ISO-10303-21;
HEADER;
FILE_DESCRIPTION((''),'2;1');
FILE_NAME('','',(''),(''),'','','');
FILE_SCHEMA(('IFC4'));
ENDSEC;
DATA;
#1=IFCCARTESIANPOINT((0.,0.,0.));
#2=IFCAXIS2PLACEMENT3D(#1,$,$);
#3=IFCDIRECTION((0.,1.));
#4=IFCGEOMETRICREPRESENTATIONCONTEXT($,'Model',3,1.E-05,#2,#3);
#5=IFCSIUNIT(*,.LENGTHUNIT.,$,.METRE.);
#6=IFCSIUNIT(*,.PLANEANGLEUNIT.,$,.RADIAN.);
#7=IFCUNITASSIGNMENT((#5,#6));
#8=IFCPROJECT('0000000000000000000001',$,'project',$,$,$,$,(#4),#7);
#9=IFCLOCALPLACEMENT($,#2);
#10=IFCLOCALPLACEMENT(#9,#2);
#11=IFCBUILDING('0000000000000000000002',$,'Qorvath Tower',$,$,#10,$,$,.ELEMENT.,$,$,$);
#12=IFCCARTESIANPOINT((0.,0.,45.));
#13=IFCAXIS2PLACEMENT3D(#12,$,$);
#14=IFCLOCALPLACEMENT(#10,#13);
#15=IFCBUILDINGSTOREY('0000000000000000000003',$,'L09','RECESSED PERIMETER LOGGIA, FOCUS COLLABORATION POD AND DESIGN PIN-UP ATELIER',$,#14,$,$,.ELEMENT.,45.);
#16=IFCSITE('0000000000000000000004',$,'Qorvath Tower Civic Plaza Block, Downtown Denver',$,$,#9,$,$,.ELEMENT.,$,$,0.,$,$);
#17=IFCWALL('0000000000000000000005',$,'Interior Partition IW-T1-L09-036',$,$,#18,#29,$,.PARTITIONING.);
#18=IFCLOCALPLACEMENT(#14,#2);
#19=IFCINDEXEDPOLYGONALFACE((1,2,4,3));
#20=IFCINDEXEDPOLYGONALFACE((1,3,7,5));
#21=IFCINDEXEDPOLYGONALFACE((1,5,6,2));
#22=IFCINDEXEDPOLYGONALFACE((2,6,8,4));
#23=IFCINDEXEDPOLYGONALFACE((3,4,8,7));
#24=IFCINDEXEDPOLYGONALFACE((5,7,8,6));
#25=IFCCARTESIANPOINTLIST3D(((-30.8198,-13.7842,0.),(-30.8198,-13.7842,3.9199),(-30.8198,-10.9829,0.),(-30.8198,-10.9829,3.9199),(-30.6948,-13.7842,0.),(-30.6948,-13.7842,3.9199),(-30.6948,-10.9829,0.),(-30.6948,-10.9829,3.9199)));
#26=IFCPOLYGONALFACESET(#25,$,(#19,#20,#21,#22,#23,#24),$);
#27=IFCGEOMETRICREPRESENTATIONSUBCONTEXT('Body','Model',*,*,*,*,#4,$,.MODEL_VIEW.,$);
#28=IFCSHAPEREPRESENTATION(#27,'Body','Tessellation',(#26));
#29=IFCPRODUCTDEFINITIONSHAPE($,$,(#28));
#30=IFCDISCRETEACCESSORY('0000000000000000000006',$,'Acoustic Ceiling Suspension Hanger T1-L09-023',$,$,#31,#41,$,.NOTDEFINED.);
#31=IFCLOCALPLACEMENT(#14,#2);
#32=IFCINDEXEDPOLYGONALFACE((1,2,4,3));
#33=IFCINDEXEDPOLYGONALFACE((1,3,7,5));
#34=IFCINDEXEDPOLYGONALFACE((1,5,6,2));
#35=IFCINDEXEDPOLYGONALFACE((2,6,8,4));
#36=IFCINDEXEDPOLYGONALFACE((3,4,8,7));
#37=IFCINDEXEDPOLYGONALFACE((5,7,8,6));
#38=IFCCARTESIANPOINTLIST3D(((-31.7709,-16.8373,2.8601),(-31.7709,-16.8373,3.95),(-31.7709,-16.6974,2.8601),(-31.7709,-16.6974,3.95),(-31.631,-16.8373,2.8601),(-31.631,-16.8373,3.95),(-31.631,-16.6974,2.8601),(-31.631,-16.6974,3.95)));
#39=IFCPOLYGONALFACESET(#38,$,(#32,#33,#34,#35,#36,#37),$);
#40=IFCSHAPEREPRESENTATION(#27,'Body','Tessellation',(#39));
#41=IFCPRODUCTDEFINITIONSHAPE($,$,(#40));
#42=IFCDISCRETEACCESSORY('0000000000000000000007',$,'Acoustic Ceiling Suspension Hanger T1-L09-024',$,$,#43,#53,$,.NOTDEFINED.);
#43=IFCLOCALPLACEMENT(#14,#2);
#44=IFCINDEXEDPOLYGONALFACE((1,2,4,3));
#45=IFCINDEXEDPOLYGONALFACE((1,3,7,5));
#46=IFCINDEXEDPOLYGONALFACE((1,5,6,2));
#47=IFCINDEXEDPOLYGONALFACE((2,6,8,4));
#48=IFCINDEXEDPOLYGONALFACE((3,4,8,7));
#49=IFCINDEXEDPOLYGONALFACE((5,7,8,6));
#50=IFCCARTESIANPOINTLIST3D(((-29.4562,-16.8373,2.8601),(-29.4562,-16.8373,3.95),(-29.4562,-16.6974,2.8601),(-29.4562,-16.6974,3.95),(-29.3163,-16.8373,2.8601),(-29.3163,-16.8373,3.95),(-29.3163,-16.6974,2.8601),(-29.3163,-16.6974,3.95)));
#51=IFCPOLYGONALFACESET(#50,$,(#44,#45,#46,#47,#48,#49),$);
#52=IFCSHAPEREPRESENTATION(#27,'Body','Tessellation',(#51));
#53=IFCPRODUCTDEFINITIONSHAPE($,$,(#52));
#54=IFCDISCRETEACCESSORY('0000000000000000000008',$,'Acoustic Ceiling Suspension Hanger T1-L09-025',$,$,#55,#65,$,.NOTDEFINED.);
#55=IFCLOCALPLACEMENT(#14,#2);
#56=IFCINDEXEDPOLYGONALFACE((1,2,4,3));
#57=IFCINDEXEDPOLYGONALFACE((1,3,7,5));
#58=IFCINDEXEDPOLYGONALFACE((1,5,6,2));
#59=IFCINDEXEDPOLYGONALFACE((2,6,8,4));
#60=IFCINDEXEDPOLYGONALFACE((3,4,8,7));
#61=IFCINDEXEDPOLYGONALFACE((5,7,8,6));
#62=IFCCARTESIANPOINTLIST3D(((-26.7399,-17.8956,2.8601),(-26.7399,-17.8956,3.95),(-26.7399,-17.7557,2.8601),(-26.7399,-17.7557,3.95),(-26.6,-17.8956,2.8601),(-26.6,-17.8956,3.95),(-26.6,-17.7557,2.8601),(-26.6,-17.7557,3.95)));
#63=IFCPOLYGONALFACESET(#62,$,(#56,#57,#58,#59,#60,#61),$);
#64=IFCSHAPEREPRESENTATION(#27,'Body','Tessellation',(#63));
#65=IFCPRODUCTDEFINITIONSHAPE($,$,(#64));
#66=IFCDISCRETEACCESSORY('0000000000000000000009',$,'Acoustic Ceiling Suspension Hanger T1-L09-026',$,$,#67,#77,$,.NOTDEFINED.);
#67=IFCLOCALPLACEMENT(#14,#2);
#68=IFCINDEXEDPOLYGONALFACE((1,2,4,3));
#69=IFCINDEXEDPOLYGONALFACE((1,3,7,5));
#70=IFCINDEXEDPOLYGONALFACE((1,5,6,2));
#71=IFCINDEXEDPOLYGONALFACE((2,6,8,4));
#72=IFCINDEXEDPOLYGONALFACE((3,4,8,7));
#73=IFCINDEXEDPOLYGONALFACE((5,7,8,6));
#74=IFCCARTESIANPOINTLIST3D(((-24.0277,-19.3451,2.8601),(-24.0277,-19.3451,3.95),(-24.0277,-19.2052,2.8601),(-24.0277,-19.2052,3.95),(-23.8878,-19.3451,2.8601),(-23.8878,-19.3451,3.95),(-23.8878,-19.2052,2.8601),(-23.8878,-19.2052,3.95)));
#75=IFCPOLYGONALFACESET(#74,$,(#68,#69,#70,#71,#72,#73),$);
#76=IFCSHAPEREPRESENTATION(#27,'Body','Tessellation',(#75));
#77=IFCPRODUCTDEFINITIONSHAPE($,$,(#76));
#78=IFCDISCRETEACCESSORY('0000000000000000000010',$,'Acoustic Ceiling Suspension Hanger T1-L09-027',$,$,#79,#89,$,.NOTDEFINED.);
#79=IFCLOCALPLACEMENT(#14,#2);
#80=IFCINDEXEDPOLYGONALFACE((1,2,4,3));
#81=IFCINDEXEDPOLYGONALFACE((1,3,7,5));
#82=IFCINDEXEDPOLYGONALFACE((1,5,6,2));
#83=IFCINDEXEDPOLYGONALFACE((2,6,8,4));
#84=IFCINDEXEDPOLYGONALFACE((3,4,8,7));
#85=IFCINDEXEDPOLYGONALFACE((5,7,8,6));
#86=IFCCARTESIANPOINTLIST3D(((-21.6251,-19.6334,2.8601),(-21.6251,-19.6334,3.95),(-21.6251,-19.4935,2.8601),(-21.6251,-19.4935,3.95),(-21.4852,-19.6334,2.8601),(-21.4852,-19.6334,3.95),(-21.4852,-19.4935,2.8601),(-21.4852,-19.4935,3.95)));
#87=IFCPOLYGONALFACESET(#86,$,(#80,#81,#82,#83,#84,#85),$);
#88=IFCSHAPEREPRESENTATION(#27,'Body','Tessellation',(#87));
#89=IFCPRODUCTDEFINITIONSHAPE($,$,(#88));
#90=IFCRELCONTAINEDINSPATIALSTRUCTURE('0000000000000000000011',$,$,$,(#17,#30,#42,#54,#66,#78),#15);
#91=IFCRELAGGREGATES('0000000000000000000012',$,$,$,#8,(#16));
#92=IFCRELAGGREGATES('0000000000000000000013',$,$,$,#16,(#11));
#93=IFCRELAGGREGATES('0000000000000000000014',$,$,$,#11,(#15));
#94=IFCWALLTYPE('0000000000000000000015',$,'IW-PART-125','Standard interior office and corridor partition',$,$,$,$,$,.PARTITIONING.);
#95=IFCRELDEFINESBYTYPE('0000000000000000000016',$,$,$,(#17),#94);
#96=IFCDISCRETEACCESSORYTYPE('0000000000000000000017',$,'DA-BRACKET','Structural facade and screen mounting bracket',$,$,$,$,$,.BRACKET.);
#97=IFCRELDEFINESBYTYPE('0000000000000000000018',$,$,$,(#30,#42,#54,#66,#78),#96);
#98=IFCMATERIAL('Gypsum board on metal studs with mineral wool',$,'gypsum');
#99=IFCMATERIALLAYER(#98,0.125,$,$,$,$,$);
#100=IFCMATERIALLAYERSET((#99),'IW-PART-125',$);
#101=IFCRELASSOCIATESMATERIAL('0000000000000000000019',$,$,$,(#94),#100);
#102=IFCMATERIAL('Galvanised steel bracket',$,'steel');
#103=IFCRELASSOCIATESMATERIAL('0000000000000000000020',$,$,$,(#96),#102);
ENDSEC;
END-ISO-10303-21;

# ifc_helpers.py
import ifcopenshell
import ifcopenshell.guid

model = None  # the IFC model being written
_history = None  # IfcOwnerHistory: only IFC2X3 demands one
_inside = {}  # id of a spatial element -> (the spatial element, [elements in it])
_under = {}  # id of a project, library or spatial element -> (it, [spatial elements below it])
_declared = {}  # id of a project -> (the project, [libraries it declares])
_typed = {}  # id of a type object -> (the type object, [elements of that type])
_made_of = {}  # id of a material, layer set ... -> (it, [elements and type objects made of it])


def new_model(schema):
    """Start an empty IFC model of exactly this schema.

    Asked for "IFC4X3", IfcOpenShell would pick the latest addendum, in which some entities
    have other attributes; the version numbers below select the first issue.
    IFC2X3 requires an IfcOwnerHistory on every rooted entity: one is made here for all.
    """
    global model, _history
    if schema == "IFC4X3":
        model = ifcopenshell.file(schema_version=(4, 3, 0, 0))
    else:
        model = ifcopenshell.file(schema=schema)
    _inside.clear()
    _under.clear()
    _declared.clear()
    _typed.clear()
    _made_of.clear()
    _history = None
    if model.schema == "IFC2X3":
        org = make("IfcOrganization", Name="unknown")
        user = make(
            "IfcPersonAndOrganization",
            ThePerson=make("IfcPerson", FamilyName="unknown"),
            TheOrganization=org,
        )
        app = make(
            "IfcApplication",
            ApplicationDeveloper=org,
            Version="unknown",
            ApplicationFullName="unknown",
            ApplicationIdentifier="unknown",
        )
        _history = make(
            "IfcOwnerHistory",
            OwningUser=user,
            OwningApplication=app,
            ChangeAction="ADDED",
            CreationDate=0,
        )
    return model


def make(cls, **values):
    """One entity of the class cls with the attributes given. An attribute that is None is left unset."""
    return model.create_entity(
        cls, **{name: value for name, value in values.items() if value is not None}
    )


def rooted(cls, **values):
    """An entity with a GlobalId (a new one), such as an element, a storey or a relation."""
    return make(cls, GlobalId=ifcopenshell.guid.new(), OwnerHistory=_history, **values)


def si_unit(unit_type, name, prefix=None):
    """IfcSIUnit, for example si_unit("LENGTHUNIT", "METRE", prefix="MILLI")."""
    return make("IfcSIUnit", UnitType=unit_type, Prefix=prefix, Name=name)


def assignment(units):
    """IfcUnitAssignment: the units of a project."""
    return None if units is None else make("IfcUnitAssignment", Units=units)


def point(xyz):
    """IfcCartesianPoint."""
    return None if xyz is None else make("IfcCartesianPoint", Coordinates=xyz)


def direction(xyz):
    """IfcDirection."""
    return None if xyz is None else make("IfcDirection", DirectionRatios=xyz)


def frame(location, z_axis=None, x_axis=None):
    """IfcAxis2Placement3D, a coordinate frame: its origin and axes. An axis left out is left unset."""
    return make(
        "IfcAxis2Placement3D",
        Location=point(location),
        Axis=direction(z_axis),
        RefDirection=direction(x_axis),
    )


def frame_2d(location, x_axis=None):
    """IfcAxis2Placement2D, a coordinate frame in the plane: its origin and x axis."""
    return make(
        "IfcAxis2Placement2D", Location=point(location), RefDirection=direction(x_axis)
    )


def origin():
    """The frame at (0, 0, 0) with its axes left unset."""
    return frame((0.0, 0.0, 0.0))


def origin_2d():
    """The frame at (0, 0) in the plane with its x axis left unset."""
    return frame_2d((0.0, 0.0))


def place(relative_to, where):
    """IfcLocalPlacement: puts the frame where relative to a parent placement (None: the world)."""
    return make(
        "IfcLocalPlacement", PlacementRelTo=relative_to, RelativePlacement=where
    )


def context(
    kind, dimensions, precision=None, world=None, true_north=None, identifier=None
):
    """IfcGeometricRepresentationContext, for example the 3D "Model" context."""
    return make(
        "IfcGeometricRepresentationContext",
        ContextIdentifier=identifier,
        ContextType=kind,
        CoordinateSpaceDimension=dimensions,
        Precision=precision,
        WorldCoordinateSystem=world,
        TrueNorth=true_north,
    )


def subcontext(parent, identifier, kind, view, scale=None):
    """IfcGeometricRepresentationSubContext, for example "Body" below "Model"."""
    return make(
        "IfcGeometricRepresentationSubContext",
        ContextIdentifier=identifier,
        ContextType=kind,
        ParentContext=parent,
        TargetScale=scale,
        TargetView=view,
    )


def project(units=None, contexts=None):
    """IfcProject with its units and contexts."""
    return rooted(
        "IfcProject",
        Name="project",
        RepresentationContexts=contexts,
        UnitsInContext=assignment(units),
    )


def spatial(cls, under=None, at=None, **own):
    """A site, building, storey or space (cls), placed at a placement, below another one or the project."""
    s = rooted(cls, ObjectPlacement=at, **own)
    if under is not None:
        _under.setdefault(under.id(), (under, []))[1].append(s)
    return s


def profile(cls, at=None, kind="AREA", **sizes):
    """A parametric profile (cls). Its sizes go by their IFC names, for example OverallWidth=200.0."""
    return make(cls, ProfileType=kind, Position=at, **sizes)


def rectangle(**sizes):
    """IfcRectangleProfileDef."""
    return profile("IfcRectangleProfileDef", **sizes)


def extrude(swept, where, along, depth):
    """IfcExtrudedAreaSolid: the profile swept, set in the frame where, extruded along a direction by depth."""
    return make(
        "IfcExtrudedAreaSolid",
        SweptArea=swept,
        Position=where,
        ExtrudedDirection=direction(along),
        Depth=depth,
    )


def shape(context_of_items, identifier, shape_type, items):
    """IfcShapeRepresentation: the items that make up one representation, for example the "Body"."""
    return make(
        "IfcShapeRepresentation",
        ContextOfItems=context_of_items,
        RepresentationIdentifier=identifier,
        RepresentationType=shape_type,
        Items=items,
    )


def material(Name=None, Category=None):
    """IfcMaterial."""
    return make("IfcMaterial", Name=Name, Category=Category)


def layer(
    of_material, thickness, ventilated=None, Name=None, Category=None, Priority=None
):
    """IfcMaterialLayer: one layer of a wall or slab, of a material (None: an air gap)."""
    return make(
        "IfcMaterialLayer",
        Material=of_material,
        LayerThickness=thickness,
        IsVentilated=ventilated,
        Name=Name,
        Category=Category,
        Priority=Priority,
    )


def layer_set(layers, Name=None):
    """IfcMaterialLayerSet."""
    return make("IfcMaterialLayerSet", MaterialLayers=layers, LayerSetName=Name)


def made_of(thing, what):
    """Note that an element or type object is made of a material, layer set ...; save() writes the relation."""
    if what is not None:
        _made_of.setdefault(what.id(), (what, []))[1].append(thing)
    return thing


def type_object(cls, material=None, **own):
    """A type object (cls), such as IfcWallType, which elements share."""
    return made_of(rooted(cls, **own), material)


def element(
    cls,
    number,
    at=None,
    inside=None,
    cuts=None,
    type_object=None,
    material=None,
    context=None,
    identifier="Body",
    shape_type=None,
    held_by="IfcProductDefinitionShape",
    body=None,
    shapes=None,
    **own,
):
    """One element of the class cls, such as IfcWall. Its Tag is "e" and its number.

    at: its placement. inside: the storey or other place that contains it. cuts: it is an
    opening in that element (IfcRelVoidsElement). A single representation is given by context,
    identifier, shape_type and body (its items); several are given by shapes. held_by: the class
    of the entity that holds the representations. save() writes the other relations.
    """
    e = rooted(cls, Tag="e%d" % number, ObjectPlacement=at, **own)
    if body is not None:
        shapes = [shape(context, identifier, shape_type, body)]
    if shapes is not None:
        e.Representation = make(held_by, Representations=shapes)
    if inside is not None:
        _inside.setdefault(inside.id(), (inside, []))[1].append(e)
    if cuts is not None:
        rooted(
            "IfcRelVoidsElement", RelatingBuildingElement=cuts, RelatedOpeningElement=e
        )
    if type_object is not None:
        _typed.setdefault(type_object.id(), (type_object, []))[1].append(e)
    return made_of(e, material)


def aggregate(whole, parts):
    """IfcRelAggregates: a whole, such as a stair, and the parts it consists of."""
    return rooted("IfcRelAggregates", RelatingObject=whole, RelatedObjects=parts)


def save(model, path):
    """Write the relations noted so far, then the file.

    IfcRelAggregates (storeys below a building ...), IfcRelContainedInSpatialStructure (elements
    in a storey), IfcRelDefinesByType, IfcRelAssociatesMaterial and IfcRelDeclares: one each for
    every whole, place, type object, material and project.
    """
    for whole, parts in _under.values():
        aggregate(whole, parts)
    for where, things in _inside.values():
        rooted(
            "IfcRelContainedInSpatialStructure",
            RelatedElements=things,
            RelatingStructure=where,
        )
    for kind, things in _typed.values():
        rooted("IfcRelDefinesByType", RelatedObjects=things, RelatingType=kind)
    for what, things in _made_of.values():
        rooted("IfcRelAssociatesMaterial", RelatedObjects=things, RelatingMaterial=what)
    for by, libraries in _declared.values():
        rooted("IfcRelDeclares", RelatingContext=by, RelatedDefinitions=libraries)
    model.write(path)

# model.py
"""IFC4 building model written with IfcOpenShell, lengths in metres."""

from ifc_helpers import new_model, si_unit, direction, frame, frame_2d, origin, origin_2d, place, context, subcontext, project, spatial, rectangle, extrude, material, layer, layer_set, type_object, element, save


model = new_model("IFC4")

# Units and contexts
model_context = context("Model", 3, precision=1e-05, world=origin(), true_north=direction((0.0, 1.0)))
body_context = subcontext(model_context, "Body", "Model", "MODEL_VIEW")
ifc_project = project(units=[si_unit("LENGTHUNIT", "METRE"), si_unit("PLANEANGLEUNIT", "RADIAN")], contexts=[model_context])

# Site, building, storey
site_placement = place(None, origin())
site = spatial("IfcSite", under=ifc_project, at=site_placement, Name="Qorvath Tower Civic Plaza Block, Downtown Denver", CompositionType="ELEMENT", RefElevation=0.0)
building_placement = place(site_placement, origin())
building = spatial("IfcBuilding", under=site, at=building_placement, Name="Qorvath Tower", CompositionType="ELEMENT")
storey_placement = place(building_placement, frame((0.0, 0.0, 45.0)))
storey = spatial("IfcBuildingStorey", under=building, at=storey_placement, Name="L09", Description="RECESSED PERIMETER LOGGIA, FOCUS COLLABORATION POD AND DESIGN PIN-UP ATELIER", CompositionType="ELEMENT", Elevation=45.0)

# Shared definitions
ifc_material_1 = material(Name="Gypsum board on metal studs with mineral wool", Category="gypsum")
ifc_layer_1 = layer(ifc_material_1, 0.125)
ifc_layer_set_1 = layer_set([ifc_layer_1], Name="IW-PART-125")
wall_type_1 = type_object("IfcWallType", Name="IW-PART-125", Description="Standard interior office and corridor partition", PredefinedType="PARTITIONING", material=ifc_layer_set_1)

# Wall
wall_1_placement = place(storey_placement, frame((-30.7573, -13.7842, 0.0), z_axis=(0.0, 0.0, 1.0), x_axis=(0.0, 1.0, 0.0)))
element("IfcWall", 1, at=wall_1_placement, inside=storey, type_object=wall_type_1, Name="Interior Partition IW-T1-L09-036", PredefinedType="PARTITIONING", context=body_context, shape_type="SweptSolid", body=[
    extrude(rectangle(XDim=2.8013, YDim=0.125, at=frame_2d((1.4006, 0.0))), origin(), (0.0, 0.0, 1.0), 3.9199),
])

# Discrete accessories
ifc_material_2 = material(Name="Galvanised steel bracket", Category="steel")
discrete_accessory_type = type_object("IfcDiscreteAccessoryType", Name="DA-BRACKET", Description="Structural facade and screen mounting bracket", PredefinedType="BRACKET", material=ifc_material_2)
for number, where, z_axis, x_axis, name in (
    (2, (-31.7009, -16.7673, 2.8601), (0.0, 0.0, 1.0), (1.0, 0.0, 0.0), "Acoustic Ceiling Suspension Hanger T1-L09-023"),
    (3, (-29.3862, -16.7673, 2.8601), (0.0, 0.0, 1.0), (1.0, 0.0, 0.0), "Acoustic Ceiling Suspension Hanger T1-L09-024"),
    (4, (-26.6699, -17.8257, 2.8601), (0.0, 0.0, 1.0), (1.0, 0.0, 0.0), "Acoustic Ceiling Suspension Hanger T1-L09-025"),
    (5, (-23.9578, -19.2751, 2.8601), (0.0, 0.0, 1.0), (1.0, 0.0, 0.0), "Acoustic Ceiling Suspension Hanger T1-L09-026"),
    (6, (-21.5552, -19.5635, 2.8601), (0.0, 0.0, 1.0), (1.0, 0.0, 0.0), "Acoustic Ceiling Suspension Hanger T1-L09-027"),
):
    element("IfcDiscreteAccessory", number, at=place(storey_placement, frame(where, z_axis=z_axis, x_axis=x_axis)), inside=storey, type_object=discrete_accessory_type, Name=name, PredefinedType="NOTDEFINED", context=body_context, shape_type="SweptSolid", body=[
        extrude(rectangle(XDim=0.1399, YDim=0.1399, at=origin_2d()), origin(), (0.0, 0.0, 1.0), 1.0898),
    ])

save(model, "model.ifc")
